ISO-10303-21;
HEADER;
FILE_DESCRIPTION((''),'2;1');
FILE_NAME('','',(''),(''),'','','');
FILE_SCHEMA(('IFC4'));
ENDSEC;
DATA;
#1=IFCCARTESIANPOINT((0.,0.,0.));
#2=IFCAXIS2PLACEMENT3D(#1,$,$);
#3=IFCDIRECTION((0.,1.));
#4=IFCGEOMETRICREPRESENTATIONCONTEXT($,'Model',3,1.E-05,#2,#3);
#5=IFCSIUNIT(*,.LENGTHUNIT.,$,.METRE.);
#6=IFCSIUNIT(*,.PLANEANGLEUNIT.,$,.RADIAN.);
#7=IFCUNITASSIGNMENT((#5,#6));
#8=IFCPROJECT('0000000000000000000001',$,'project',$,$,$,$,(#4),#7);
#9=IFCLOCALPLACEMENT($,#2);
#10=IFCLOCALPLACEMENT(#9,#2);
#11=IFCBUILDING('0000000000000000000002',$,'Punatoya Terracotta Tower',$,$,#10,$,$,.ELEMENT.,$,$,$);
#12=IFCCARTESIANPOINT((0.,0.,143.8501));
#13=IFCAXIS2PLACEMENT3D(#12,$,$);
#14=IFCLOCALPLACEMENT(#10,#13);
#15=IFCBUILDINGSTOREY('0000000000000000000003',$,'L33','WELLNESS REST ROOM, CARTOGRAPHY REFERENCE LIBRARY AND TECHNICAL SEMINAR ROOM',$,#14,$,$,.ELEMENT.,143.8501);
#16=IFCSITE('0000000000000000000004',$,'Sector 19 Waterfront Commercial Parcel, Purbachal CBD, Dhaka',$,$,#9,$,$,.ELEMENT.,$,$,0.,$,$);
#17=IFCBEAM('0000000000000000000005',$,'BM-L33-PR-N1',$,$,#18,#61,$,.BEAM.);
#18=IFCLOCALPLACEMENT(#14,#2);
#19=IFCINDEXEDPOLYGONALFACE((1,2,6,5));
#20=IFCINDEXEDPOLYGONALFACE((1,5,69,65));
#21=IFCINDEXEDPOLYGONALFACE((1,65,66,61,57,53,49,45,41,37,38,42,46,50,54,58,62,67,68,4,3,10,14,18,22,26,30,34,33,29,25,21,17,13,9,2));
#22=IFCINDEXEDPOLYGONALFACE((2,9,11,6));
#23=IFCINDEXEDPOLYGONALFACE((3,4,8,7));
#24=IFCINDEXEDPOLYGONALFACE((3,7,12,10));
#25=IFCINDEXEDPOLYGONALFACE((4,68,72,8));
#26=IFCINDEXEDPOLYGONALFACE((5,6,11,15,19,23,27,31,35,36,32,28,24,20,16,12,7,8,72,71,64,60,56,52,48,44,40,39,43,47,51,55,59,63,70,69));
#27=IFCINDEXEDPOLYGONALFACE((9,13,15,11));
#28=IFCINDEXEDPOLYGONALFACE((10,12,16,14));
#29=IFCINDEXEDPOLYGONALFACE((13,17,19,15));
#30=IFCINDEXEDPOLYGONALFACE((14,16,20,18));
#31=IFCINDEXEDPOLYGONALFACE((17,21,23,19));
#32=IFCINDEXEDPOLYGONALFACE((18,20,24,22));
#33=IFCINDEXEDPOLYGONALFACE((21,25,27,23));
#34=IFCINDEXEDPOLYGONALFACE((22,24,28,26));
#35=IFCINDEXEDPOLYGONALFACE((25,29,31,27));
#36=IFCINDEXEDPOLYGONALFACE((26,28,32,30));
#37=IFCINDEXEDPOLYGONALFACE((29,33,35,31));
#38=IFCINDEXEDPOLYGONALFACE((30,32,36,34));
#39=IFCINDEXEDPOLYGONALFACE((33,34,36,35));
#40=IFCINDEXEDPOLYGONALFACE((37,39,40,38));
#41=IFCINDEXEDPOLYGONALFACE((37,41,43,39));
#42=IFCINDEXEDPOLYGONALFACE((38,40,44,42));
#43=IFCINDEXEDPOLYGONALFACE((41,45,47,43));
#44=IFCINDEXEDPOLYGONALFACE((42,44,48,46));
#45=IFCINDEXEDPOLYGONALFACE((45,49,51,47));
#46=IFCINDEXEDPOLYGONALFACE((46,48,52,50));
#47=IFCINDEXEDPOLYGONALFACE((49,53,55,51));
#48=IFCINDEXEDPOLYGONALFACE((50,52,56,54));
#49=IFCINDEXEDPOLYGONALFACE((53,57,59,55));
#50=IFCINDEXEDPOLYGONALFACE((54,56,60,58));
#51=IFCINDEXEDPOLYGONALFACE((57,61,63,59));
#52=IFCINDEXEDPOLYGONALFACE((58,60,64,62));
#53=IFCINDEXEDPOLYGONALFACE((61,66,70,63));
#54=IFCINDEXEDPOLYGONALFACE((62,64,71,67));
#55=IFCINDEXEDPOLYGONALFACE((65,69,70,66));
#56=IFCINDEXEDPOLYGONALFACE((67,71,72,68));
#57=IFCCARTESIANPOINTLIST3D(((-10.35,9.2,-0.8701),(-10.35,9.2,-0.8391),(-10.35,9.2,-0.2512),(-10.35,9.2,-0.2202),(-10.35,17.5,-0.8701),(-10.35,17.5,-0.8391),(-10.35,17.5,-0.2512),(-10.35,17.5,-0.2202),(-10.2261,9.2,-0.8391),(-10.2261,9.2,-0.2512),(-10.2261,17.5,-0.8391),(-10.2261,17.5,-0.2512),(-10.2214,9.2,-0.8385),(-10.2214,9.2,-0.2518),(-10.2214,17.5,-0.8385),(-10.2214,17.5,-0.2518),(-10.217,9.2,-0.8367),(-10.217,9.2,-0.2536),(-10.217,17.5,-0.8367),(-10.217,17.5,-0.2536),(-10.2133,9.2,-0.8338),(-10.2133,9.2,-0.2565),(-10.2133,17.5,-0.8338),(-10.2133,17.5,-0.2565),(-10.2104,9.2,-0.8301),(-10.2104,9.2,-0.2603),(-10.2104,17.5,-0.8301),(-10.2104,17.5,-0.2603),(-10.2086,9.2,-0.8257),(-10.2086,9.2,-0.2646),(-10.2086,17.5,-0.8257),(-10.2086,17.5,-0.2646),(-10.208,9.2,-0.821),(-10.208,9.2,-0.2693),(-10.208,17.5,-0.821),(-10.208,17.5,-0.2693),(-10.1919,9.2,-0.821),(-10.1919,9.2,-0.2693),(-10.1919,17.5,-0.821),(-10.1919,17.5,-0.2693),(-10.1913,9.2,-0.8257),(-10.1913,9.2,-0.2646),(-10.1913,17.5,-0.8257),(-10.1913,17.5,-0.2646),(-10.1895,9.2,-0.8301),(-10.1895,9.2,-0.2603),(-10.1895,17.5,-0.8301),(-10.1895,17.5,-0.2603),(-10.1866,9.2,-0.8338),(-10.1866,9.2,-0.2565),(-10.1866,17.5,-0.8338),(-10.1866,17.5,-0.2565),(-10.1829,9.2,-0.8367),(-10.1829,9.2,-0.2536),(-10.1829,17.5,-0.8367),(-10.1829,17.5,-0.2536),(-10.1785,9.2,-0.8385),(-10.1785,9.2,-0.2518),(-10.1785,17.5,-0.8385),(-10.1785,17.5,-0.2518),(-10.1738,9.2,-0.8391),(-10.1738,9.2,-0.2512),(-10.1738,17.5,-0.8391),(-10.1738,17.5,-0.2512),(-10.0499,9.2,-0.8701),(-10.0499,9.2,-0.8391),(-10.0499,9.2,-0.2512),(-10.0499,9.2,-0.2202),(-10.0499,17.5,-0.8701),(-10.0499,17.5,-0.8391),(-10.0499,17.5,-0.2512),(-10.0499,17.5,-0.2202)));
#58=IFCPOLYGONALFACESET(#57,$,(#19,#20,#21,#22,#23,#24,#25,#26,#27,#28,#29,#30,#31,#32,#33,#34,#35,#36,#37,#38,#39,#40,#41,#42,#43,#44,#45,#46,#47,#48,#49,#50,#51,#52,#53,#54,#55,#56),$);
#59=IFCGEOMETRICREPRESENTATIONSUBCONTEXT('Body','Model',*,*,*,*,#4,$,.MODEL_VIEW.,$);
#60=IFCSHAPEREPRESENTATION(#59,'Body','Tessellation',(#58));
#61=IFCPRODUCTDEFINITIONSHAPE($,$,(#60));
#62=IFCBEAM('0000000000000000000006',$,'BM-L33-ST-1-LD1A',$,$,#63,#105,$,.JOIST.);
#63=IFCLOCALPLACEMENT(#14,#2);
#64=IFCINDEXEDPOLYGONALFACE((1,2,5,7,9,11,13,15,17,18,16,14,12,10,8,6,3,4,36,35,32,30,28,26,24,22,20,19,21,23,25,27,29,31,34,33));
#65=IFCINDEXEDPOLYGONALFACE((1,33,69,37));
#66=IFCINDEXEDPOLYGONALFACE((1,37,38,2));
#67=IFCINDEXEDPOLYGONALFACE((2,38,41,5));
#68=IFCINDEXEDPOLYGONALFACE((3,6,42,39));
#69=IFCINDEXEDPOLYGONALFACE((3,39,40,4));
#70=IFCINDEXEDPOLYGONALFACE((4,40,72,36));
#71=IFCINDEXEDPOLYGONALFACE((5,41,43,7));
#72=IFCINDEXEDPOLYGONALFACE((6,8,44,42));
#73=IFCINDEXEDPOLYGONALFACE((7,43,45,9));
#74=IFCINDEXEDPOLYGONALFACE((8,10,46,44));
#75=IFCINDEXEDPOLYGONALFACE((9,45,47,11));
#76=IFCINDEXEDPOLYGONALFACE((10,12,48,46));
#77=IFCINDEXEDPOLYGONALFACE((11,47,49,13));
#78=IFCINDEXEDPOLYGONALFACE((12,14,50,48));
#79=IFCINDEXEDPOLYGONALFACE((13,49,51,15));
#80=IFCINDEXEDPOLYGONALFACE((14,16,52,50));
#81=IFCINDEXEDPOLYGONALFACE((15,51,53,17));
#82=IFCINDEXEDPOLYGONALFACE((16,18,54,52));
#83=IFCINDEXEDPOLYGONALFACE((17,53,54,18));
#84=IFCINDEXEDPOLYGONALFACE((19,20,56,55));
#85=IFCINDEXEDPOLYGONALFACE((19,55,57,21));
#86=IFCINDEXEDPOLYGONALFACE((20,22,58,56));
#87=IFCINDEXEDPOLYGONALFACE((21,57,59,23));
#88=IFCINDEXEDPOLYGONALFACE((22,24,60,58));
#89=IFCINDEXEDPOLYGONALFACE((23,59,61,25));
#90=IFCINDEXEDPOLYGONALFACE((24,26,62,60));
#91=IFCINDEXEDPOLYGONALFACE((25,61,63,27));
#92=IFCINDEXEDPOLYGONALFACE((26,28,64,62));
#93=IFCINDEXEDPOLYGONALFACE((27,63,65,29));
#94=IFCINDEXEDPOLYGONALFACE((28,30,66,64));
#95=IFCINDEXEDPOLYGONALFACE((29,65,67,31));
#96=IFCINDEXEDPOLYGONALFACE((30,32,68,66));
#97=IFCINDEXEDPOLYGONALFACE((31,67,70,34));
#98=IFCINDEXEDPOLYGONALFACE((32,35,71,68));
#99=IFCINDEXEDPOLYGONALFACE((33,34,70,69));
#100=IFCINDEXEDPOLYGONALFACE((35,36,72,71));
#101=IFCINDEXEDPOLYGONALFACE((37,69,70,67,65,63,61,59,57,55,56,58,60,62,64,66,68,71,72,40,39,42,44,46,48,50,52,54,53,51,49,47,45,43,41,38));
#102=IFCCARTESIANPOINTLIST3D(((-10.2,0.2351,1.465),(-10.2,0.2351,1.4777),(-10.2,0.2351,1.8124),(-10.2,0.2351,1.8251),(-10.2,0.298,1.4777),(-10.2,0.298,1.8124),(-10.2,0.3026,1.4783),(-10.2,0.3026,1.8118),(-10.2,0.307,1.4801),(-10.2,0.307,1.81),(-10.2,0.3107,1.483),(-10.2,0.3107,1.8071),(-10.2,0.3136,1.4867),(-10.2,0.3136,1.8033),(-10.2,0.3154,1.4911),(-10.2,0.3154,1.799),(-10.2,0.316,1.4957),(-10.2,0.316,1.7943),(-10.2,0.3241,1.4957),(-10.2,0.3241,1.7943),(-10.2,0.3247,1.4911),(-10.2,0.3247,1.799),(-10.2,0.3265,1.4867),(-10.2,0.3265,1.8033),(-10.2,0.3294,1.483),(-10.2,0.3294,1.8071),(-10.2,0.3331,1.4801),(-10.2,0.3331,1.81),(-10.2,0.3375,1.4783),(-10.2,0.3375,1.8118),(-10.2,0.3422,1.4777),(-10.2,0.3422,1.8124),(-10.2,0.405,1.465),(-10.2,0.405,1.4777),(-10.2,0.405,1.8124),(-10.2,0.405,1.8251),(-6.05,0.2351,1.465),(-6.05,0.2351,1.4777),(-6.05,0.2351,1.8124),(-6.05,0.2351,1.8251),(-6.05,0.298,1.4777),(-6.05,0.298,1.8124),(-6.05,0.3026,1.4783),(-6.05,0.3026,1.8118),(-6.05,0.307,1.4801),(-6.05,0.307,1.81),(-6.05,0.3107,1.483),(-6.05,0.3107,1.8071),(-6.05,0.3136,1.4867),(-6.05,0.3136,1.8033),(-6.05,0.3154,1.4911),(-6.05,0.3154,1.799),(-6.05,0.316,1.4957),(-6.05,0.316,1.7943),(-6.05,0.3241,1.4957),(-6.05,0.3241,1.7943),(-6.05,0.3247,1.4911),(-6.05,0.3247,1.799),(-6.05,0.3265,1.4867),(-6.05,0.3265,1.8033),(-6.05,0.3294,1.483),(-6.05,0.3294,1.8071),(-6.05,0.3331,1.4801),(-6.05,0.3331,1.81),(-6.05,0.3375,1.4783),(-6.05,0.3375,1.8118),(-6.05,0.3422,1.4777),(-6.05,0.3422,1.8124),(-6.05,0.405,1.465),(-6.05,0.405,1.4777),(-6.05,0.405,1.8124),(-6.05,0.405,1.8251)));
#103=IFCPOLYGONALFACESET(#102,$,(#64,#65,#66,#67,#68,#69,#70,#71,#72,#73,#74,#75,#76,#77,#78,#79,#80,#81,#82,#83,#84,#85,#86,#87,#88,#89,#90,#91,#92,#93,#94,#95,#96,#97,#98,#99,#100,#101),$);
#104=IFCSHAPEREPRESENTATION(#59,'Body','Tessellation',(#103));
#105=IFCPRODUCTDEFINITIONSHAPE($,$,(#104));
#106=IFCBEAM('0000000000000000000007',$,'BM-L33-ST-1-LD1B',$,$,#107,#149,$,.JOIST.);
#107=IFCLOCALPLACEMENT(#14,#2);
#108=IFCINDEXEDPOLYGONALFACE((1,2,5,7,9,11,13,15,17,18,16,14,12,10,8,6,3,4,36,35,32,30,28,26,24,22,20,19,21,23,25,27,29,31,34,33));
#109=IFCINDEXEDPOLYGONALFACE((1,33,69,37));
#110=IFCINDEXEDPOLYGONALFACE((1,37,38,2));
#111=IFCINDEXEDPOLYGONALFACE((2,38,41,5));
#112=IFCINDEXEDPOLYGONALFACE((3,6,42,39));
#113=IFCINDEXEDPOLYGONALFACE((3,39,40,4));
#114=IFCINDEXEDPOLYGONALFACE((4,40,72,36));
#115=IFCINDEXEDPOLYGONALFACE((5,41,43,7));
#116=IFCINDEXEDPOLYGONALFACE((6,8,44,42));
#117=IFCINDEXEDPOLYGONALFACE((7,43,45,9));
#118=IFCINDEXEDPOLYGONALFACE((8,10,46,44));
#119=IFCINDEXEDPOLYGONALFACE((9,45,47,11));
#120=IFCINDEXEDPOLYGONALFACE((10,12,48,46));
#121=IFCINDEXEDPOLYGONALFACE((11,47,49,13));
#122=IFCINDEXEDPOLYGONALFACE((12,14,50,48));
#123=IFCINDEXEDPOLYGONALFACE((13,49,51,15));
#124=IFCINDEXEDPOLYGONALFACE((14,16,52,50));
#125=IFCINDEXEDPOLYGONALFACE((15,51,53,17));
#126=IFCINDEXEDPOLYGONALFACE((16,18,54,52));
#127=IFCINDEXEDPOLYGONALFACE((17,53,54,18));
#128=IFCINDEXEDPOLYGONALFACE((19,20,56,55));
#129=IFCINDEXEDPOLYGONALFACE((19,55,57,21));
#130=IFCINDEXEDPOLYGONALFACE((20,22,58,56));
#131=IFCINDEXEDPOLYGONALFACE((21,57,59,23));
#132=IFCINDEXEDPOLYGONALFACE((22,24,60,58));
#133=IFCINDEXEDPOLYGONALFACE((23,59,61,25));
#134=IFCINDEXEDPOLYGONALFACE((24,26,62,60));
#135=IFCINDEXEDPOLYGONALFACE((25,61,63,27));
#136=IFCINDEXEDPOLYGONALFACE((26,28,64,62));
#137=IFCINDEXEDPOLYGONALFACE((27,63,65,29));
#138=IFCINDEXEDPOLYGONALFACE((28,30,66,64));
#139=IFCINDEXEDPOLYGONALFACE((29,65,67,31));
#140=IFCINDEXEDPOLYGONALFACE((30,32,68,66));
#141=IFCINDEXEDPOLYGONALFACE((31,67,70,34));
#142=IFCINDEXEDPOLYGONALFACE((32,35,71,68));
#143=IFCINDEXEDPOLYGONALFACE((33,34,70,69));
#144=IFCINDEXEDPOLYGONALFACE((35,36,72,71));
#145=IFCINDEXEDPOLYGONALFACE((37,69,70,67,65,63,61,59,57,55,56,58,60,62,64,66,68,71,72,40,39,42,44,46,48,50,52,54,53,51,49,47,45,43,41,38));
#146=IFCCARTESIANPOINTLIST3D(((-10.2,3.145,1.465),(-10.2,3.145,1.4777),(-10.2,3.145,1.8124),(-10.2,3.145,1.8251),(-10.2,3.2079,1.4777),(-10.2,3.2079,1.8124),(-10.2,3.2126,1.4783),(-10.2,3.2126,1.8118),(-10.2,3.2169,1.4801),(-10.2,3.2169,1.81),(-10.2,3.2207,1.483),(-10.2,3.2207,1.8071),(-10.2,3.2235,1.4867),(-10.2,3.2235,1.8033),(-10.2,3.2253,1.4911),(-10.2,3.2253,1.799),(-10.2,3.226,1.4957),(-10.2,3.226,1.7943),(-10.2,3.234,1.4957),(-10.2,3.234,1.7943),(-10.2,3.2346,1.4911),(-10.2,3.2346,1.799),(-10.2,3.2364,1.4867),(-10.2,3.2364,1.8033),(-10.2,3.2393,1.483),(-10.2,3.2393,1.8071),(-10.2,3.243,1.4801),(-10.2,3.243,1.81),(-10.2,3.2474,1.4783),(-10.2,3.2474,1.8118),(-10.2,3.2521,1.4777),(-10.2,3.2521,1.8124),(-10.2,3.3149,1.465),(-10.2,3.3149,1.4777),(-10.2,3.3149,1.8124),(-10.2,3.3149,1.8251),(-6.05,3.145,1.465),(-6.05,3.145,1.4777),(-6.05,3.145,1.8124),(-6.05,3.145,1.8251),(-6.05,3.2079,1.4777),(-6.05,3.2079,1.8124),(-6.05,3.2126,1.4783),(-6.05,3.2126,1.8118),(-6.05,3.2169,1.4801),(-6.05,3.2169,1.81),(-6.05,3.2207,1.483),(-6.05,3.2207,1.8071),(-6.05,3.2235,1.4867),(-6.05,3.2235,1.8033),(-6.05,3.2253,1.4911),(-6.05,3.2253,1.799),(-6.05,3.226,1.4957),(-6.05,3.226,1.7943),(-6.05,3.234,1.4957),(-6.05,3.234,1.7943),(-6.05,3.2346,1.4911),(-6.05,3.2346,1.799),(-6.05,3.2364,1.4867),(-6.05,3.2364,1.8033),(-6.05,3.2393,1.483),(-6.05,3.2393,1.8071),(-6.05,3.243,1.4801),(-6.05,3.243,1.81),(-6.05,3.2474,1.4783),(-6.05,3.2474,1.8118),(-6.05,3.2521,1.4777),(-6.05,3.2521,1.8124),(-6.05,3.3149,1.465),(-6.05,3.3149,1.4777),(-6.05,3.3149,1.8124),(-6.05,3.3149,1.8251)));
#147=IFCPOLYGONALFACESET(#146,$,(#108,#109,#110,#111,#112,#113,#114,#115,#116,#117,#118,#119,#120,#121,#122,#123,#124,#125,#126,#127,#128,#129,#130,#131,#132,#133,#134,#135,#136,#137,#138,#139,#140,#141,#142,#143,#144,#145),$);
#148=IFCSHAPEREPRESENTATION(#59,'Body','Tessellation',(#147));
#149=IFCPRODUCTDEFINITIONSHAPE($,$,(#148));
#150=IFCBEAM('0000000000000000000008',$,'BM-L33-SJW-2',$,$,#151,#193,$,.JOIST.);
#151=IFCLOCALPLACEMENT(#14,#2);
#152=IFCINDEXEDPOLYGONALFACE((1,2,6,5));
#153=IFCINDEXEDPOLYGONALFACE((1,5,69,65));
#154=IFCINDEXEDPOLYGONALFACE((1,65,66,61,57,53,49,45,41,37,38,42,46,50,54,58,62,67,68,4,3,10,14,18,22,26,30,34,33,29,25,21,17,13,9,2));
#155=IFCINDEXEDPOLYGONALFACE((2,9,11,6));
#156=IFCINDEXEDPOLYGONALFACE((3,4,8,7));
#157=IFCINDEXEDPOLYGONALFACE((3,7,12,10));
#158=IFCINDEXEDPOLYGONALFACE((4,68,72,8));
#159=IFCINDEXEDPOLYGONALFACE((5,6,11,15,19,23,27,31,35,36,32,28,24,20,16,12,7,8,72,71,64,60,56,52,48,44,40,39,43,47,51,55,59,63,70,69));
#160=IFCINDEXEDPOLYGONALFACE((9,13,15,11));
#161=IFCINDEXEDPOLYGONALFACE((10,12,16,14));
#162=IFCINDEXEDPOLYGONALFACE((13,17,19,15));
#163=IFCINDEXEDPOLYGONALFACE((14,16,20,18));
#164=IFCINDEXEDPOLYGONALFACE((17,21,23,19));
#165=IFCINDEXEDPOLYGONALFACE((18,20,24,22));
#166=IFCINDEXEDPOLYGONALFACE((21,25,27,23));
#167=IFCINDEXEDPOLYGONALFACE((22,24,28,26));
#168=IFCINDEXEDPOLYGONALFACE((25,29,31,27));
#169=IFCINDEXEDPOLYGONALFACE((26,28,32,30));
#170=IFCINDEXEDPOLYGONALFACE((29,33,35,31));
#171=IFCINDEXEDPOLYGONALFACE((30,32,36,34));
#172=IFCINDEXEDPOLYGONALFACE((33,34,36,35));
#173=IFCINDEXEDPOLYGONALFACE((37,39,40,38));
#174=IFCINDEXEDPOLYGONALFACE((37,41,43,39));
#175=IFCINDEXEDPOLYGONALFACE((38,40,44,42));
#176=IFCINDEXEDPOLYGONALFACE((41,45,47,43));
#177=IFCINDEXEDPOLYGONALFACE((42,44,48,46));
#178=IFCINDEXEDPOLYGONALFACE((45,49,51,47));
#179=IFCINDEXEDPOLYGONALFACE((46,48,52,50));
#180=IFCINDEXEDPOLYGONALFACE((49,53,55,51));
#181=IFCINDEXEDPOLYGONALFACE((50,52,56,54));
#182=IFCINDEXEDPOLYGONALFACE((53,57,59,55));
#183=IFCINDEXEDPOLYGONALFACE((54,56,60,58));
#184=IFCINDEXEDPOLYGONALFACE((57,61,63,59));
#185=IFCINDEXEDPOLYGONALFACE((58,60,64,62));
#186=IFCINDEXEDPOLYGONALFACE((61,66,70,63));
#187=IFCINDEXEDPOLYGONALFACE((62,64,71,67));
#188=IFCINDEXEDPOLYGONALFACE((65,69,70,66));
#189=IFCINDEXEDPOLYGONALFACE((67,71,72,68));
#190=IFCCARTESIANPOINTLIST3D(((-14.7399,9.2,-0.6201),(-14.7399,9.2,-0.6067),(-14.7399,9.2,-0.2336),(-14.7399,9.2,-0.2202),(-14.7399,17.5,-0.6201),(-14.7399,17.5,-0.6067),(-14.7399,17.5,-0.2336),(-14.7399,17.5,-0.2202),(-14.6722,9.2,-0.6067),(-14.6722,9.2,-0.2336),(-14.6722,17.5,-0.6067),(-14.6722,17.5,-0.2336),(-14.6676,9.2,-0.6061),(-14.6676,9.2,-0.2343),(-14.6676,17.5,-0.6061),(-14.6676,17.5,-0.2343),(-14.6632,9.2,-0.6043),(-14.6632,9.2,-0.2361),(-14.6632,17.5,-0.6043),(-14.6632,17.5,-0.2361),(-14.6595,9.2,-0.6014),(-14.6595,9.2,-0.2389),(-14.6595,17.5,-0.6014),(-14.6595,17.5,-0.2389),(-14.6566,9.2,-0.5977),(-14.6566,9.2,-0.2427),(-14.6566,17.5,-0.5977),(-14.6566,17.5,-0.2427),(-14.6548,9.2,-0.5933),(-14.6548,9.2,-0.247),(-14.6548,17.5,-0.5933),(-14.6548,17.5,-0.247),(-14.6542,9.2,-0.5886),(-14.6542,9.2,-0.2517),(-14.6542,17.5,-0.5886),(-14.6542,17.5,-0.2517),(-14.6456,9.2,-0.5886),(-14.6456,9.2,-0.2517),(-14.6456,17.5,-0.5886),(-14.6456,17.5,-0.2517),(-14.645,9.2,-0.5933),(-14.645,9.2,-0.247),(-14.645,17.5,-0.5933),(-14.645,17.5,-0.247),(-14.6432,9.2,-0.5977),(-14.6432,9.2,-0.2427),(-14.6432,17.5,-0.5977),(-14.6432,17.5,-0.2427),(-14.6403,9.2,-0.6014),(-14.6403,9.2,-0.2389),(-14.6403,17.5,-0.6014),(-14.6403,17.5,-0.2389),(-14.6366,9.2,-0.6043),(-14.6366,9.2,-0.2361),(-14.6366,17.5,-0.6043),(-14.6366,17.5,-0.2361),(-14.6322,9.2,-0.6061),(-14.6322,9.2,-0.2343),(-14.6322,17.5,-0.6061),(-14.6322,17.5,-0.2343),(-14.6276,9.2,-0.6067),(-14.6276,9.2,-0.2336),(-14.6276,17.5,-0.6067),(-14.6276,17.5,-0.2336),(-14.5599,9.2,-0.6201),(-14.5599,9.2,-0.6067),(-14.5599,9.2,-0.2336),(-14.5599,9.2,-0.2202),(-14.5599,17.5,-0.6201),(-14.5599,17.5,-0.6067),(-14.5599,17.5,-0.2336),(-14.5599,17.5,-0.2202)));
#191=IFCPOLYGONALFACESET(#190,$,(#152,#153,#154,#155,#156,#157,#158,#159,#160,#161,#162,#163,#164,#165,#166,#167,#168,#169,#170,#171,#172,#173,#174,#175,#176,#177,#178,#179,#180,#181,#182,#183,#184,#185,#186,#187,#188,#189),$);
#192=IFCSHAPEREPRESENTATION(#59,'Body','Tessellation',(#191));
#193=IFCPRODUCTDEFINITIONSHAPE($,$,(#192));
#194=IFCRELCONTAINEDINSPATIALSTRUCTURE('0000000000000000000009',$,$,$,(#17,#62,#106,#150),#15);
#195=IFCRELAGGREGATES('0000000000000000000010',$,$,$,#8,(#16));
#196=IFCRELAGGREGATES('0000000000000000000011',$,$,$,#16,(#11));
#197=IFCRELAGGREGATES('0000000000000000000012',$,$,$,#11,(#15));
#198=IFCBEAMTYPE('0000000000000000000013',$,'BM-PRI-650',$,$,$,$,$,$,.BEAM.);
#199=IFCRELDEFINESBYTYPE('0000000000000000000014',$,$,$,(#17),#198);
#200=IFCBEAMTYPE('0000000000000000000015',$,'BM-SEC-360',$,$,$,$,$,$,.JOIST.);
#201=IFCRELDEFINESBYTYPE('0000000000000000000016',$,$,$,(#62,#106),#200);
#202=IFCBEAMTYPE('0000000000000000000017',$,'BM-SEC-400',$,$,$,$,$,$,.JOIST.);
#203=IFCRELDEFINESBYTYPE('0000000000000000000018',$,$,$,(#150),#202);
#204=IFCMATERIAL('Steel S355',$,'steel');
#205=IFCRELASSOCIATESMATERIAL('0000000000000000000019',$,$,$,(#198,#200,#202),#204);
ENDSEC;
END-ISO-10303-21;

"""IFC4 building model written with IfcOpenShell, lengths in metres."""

from ifc_helpers import new_model, si_unit, direction, frame, origin, origin_2d, place, context, subcontext, project, spatial, i_section, extrude, material, material_profile, profile_set, type_object, element, save


model = new_model("IFC4")

# Units and contexts
model_context = context("Model", 3, precision=1e-05, world=origin(), true_north=direction((0.0, 1.0)))
body_context = subcontext(model_context, "Body", "Model", "MODEL_VIEW")
ifc_project = project(units=[si_unit("LENGTHUNIT", "METRE"), si_unit("PLANEANGLEUNIT", "RADIAN")], contexts=[model_context])

# Site, building, storey
site_placement = place(None, origin())
site = spatial("IfcSite", under=ifc_project, at=site_placement, Name="Sector 19 Waterfront Commercial Parcel, Purbachal CBD, Dhaka", CompositionType="ELEMENT", RefElevation=0.0)
building_placement = place(site_placement, origin())
building = spatial("IfcBuilding", under=site, at=building_placement, Name="Punatoya Terracotta Tower", CompositionType="ELEMENT")
storey_placement = place(building_placement, frame((0.0, 0.0, 143.8501)))
storey = spatial("IfcBuildingStorey", under=building, at=storey_placement, Name="L33", Description="WELLNESS REST ROOM, CARTOGRAPHY REFERENCE LIBRARY AND TECHNICAL SEMINAR ROOM", CompositionType="ELEMENT", Elevation=143.8501)

# Beams
ifc_material_1 = material(Name="Steel S355", Category="steel")
ifc_material_profile_1 = material_profile(ifc_material_1, i_section(OverallWidth=0.3, OverallDepth=0.6499, WebThickness=0.0161, FlangeThickness=0.031, FilletRadius=0.0181, at=origin_2d()))
ifc_profile_set_1 = profile_set([ifc_material_profile_1], Name="Steel S355")
beam_type_1 = type_object("IfcBeamType", Name="BM-PRI-650", PredefinedType="BEAM", material=ifc_profile_set_1)
beam_1_placement = place(storey_placement, frame((-10.2, 9.2, -0.5452), z_axis=(0.0, 1.0, 0.0), x_axis=(-1.0, 0.0, 0.0)))
element("IfcBeam", 1, at=beam_1_placement, inside=storey, type_object=beam_type_1, Name="BM-L33-PR-N1", PredefinedType="BEAM", context=body_context, shape_type="SweptSolid", body=[
    extrude(i_section(OverallWidth=0.3, OverallDepth=0.6499, WebThickness=0.0161, FlangeThickness=0.031, FilletRadius=0.0181, at=origin_2d()), origin(), (0.0, 0.0, 1.0), 8.3),
])
ifc_material_profile_2 = material_profile(ifc_material_1, i_section(OverallWidth=0.1699, OverallDepth=0.3601, WebThickness=0.0081, FlangeThickness=0.0127, FilletRadius=0.0181, at=origin_2d()))
ifc_profile_set_2 = profile_set([ifc_material_profile_2], Name="Steel S355")
beam_type_2 = type_object("IfcBeamType", Name="BM-SEC-360", PredefinedType="JOIST", material=ifc_profile_set_2)
for number, where, z_axis, x_axis, name in (
    (2, (-10.2, 0.3201, 1.645), (1.0, 0.0, 0.0), (0.0, 1.0, 0.0), "BM-L33-ST-1-LD1A"),
    (3, (-10.2, 3.23, 1.645), (1.0, 0.0, 0.0), (0.0, 1.0, 0.0), "BM-L33-ST-1-LD1B"),
):
    element("IfcBeam", number, at=place(storey_placement, frame(where, z_axis=z_axis, x_axis=x_axis)), inside=storey, type_object=beam_type_2, Name=name, PredefinedType="JOIST", context=body_context, shape_type="SweptSolid", body=[
        extrude(i_section(OverallWidth=0.1699, OverallDepth=0.3601, WebThickness=0.0081, FlangeThickness=0.0127, FilletRadius=0.0181, at=origin_2d()), origin(), (0.0, 0.0, 1.0), 4.1499),
    ])
ifc_material_profile_3 = material_profile(ifc_material_1, i_section(OverallWidth=0.1799, OverallDepth=0.3999, WebThickness=0.0085, FlangeThickness=0.0134, FilletRadius=0.0181, at=origin_2d()))
ifc_profile_set_3 = profile_set([ifc_material_profile_3], Name="Steel S355")
beam_type_3 = type_object("IfcBeamType", Name="BM-SEC-400", PredefinedType="JOIST", material=ifc_profile_set_3)
beam_2_placement = place(storey_placement, frame((-14.6499, 9.2, -0.4202), z_axis=(0.0, 1.0, 0.0), x_axis=(-1.0, 0.0, 0.0)))
element("IfcBeam", 4, at=beam_2_placement, inside=storey, type_object=beam_type_3, Name="BM-L33-SJW-2", PredefinedType="JOIST", context=body_context, shape_type="SweptSolid", body=[
    extrude(i_section(OverallWidth=0.1799, OverallDepth=0.3999, WebThickness=0.0085, FlangeThickness=0.0134, FilletRadius=0.0181, at=origin_2d()), origin(), (0.0, 0.0, 1.0), 8.3),
])

save(model, "model.ifc")
